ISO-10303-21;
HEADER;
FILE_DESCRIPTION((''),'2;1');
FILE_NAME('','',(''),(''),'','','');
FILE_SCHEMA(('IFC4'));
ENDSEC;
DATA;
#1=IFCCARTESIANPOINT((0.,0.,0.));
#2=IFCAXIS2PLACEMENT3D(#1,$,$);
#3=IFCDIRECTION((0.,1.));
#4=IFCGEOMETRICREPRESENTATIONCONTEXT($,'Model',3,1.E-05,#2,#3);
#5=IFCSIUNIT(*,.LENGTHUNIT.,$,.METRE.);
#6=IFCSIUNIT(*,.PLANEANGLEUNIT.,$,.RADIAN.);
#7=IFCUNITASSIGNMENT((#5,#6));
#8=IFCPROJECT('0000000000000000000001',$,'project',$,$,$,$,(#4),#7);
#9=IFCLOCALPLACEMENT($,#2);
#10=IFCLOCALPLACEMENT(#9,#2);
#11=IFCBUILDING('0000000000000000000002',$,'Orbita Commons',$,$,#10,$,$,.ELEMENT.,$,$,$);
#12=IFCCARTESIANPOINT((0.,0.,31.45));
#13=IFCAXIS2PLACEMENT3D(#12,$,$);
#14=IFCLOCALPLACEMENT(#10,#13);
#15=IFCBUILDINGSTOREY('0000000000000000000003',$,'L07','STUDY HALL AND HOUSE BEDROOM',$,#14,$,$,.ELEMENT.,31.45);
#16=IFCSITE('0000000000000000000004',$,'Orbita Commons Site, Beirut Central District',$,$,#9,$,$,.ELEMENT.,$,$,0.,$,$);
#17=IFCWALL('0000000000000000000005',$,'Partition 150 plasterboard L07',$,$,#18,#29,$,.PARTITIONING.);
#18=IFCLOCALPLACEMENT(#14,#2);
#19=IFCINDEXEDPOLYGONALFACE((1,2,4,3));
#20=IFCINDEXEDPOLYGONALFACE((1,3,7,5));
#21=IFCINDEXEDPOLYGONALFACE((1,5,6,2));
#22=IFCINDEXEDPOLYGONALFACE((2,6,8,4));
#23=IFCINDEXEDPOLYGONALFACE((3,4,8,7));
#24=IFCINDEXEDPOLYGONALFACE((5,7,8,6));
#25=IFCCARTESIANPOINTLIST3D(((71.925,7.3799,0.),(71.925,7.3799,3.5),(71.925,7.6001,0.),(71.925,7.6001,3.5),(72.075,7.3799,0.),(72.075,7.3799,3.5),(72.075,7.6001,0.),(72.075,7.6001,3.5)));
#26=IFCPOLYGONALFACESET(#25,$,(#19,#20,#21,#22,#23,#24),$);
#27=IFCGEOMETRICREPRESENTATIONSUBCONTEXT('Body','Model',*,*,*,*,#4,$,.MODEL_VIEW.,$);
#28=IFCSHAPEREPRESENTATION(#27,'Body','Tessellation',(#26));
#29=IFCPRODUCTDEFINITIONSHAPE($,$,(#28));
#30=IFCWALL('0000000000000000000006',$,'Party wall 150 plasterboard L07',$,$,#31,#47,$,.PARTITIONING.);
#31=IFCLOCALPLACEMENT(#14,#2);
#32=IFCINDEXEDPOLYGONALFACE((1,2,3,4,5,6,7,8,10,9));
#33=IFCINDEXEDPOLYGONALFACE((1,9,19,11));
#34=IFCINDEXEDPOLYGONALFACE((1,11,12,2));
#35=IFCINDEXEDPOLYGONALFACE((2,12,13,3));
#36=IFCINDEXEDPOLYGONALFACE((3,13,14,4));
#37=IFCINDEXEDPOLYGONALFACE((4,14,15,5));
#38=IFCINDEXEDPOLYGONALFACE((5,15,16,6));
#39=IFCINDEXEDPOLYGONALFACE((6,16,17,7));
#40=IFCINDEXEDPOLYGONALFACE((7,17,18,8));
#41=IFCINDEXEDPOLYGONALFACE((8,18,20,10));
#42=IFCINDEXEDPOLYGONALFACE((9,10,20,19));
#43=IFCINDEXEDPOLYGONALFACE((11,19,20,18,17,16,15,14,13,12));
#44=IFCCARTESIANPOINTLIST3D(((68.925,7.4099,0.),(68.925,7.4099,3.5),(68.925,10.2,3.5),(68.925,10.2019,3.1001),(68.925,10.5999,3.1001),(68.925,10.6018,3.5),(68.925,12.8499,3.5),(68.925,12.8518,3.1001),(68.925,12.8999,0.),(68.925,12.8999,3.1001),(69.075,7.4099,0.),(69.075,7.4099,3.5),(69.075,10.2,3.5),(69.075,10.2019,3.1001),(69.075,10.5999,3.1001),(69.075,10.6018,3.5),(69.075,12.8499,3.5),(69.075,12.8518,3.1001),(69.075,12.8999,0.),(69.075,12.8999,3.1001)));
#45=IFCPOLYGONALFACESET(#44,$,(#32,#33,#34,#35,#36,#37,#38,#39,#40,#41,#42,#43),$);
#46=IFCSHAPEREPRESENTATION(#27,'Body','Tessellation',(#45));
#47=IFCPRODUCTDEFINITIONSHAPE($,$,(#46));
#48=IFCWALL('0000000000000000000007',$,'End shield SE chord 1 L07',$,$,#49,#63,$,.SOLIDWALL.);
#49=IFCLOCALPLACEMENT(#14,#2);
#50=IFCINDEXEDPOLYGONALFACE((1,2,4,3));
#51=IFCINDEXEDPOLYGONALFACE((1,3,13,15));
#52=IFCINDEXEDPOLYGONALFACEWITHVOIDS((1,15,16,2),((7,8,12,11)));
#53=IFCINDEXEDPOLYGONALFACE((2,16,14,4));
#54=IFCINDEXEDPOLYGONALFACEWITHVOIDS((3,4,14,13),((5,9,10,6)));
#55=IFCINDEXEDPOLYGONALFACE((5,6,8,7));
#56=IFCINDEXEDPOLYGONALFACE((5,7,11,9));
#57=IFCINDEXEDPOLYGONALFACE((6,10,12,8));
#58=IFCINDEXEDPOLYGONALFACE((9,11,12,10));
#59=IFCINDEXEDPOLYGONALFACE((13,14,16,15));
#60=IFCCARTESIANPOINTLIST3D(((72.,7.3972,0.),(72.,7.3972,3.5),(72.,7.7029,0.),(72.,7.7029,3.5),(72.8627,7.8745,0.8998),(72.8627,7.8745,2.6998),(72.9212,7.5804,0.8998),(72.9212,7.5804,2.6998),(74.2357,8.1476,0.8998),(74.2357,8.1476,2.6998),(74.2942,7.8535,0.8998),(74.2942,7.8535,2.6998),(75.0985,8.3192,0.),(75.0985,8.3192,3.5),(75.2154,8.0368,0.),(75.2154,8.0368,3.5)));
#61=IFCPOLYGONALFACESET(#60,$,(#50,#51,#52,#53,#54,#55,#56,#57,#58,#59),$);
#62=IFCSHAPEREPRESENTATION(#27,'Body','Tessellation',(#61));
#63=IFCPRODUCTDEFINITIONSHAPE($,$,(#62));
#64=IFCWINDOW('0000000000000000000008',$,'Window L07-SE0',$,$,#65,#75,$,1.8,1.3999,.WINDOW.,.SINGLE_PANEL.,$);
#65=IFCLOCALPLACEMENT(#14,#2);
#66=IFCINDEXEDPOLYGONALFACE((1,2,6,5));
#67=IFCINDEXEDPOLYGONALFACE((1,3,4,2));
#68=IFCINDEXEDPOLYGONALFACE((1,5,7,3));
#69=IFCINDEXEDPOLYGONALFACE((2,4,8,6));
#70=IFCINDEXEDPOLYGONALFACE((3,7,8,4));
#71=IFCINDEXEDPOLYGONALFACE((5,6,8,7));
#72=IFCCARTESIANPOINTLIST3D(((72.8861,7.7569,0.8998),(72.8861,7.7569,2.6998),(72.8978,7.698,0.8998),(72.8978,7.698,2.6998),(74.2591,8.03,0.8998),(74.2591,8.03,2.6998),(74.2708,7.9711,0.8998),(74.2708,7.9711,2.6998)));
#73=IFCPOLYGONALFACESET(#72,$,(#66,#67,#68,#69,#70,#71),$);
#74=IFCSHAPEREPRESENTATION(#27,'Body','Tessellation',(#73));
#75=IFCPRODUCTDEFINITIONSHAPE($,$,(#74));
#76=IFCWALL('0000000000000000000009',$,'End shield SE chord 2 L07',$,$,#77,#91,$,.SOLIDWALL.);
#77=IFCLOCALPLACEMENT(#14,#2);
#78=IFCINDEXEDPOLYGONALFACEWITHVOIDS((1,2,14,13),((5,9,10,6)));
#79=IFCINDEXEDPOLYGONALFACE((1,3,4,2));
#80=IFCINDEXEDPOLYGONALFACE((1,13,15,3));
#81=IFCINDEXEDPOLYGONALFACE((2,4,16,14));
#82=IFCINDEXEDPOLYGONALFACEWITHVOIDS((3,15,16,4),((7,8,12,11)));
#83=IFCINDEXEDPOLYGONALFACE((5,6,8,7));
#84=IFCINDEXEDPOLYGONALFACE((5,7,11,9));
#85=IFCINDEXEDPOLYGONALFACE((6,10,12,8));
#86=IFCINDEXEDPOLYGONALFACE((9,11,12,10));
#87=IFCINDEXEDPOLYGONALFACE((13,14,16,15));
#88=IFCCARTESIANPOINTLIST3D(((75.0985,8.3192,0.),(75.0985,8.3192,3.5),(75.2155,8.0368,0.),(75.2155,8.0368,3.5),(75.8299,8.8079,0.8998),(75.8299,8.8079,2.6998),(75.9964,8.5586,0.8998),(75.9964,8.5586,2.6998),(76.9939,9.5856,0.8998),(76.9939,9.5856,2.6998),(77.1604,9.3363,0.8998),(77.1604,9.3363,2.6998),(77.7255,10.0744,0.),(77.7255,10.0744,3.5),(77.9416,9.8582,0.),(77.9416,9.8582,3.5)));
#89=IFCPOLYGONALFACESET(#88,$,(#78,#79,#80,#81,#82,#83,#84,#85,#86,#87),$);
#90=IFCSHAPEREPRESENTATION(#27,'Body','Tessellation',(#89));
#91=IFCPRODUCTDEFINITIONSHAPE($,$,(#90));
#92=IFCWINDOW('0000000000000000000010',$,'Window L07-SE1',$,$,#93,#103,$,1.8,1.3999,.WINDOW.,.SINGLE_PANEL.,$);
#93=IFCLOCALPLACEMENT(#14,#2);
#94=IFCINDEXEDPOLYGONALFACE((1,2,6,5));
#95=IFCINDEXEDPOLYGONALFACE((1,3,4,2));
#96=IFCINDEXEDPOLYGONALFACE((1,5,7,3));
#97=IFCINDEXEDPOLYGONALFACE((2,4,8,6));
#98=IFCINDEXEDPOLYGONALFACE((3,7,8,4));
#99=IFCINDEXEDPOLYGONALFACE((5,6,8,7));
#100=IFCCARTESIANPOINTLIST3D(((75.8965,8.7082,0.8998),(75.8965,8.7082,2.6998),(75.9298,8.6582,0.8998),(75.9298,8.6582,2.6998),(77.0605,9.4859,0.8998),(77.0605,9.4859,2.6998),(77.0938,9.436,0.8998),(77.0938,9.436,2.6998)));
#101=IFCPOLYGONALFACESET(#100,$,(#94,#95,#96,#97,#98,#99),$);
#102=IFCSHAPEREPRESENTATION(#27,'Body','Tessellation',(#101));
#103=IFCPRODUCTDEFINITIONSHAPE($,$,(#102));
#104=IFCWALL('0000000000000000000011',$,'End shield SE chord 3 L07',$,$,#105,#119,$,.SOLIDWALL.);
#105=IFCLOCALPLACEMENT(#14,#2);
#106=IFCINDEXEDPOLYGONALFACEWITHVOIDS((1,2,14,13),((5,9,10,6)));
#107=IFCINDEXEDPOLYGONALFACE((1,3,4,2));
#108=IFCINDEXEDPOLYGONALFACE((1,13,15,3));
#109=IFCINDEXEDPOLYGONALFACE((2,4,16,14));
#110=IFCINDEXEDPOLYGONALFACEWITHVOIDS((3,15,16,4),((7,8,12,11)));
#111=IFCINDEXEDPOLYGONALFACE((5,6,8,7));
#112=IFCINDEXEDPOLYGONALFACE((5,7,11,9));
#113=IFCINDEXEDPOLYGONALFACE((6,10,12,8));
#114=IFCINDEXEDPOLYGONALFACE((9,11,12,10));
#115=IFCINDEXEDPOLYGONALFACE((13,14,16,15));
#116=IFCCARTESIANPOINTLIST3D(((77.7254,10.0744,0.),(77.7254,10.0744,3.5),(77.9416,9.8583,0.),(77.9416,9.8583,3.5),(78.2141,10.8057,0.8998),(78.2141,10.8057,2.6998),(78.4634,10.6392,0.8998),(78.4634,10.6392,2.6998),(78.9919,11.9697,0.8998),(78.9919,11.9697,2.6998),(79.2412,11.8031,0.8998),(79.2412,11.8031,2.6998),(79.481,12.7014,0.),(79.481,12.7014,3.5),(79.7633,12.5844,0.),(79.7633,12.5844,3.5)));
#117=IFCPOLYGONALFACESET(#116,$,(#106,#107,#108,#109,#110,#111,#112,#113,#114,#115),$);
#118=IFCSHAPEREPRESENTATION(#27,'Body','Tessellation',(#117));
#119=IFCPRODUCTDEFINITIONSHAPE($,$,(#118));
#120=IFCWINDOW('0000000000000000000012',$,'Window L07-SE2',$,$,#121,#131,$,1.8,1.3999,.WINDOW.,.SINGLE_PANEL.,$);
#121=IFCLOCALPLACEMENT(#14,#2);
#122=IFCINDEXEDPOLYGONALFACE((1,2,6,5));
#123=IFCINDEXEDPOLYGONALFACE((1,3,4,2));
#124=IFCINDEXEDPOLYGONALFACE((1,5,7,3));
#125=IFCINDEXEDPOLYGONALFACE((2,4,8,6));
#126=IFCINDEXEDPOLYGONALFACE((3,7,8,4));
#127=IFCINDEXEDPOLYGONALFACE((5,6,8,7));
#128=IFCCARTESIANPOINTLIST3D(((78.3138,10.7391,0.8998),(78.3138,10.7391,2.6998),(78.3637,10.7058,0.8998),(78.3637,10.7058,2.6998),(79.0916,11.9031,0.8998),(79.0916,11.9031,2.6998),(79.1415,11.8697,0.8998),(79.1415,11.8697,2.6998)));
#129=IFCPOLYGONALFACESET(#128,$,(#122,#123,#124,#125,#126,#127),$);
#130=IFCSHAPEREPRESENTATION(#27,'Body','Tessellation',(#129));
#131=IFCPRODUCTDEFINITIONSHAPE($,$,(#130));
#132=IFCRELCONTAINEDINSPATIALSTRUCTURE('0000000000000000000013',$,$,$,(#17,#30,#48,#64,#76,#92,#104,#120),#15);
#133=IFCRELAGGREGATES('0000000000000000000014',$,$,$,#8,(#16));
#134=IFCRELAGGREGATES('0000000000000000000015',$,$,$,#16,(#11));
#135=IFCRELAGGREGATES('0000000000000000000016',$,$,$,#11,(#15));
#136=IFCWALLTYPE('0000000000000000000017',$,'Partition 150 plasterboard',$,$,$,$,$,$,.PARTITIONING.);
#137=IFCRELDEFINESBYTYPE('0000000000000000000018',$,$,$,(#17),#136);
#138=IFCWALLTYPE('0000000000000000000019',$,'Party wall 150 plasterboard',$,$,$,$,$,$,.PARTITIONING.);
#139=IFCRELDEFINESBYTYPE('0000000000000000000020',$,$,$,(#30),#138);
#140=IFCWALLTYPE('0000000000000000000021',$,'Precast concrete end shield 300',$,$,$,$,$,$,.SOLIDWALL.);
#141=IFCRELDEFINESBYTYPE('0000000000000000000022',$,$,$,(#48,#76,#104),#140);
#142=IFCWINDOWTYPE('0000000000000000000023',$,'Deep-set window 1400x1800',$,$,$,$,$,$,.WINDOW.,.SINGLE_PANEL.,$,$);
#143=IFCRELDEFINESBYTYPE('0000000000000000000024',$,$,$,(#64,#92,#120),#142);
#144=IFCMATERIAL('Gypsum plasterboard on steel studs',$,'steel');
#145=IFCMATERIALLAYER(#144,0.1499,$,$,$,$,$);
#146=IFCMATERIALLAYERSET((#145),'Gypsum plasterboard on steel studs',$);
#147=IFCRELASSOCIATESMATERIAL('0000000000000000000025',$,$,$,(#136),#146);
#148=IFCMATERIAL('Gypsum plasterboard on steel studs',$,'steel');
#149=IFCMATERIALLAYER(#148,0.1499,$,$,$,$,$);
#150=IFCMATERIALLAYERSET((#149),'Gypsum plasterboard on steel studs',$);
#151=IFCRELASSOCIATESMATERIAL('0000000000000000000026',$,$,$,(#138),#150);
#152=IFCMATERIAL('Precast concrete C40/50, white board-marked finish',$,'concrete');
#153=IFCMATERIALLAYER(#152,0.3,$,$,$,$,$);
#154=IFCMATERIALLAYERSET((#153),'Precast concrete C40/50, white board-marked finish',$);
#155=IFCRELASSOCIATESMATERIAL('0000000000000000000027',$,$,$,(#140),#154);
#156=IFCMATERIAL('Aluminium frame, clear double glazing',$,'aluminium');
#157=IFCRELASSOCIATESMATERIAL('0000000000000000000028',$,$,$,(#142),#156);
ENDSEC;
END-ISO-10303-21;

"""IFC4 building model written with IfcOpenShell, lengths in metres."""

from ifc_helpers import new_model, si_unit, direction, frame, frame_2d, origin, place, context, subcontext, project, spatial, polyline, rectangle, outline, extrude, material, layer, layer_set, type_object, element, fill, save


model = new_model("IFC4")

# Units and contexts
model_context = context("Model", 3, precision=1e-05, world=origin(), true_north=direction((0.0, 1.0)))
body_context = subcontext(model_context, "Body", "Model", "MODEL_VIEW")
ifc_project = project(units=[si_unit("LENGTHUNIT", "METRE"), si_unit("PLANEANGLEUNIT", "RADIAN")], contexts=[model_context])

# Site, building, storey
site_placement = place(None, origin())
site = spatial("IfcSite", under=ifc_project, at=site_placement, Name="Orbita Commons Site, Beirut Central District", CompositionType="ELEMENT", RefElevation=0.0)
building_placement = place(site_placement, origin())
building = spatial("IfcBuilding", under=site, at=building_placement, Name="Orbita Commons", CompositionType="ELEMENT")
storey_placement = place(building_placement, frame((0.0, 0.0, 31.45)))
storey = spatial("IfcBuildingStorey", under=building, at=storey_placement, Name="L07", Description="STUDY HALL AND HOUSE BEDROOM", CompositionType="ELEMENT", Elevation=31.45)

# Walls
ifc_material_1 = material(Name="Gypsum plasterboard on steel studs", Category="steel")
ifc_layer_1 = layer(ifc_material_1, 0.1499)
ifc_layer_set_1 = layer_set([ifc_layer_1], Name="Gypsum plasterboard on steel studs")
wall_type_1 = type_object("IfcWallType", Name="Partition 150 plasterboard", PredefinedType="PARTITIONING", material=ifc_layer_set_1)
wall_1_placement = place(storey_placement, frame((72.0, 7.6001, 0.0), z_axis=(0.0, 0.0, 1.0), x_axis=(0.0, -1.0, 0.0)))
element("IfcWall", 1, at=wall_1_placement, inside=storey, type_object=wall_type_1, Name="Partition 150 plasterboard L07", PredefinedType="PARTITIONING", context=body_context, shape_type="SweptSolid", body=[
    extrude(rectangle(XDim=0.2202, YDim=0.1499, at=frame_2d((0.1101, 0.0))), origin(), (0.0, 0.0, 1.0), 3.5),
])
ifc_material_2 = material(Name="Gypsum plasterboard on steel studs", Category="steel")
ifc_layer_2 = layer(ifc_material_2, 0.1499)
ifc_layer_set_2 = layer_set([ifc_layer_2], Name="Gypsum plasterboard on steel studs")
wall_type_2 = type_object("IfcWallType", Name="Party wall 150 plasterboard", PredefinedType="PARTITIONING", material=ifc_layer_set_2)
wall_2_placement = place(storey_placement, frame((69.0, 7.4099, 0.0), z_axis=(0.0, 0.0, 1.0), x_axis=(0.0, 1.0, 0.0)))
element("IfcWall", 2, at=wall_2_placement, inside=storey, type_object=wall_type_2, Name="Party wall 150 plasterboard L07", PredefinedType="PARTITIONING", context=body_context, shape_type="SweptSolid", body=[
    extrude(outline(polyline([(0.0, 0.0), (5.49, 0.0), (5.49, 3.1001), (5.4419, 3.1001), (5.4399, 3.5), (3.1919, 3.5), (3.1899, 3.1001), (2.792, 3.1001), (2.79, 3.5), (0.0, 3.5), (0.0, 0.0)])), frame((0.0, 0.075, 0.0), z_axis=(0.0, -1.0, 0.0), x_axis=(1.0, 0.0, 0.0)), (0.0, 0.0, 1.0), 0.1499),
])

# Walls, openings, windows
ifc_material_3 = material(Name="Precast concrete C40/50, white board-marked finish", Category="concrete")
ifc_layer_3 = layer(ifc_material_3, 0.3)
ifc_layer_set_3 = layer_set([ifc_layer_3], Name="Precast concrete C40/50, white board-marked finish")
wall_type_3 = type_object("IfcWallType", Name="Precast concrete end shield 300", PredefinedType="SOLIDWALL", material=ifc_layer_set_3)
wall_3_placement = place(storey_placement, frame((72.0, 7.55, 0.0), z_axis=(0.0, 0.0, 1.0), x_axis=(0.980787, 0.19508, 0.0)))
wall_3 = element("IfcWall", 3, at=wall_3_placement, inside=storey, type_object=wall_type_3, Name="End shield SE chord 1 L07", PredefinedType="SOLIDWALL", context=body_context, shape_type="SweptSolid", body=[
    extrude(outline(polyline([(-0.0298, -0.1499), (3.2485, -0.1499), (3.189, 0.1499), (0.0298, 0.1499), (-0.0298, -0.1499)])), origin(), (0.0, 0.0, 1.0), 3.5),
])
opening_1_placement = place(wall_3_placement, frame((0.9094, 0.0, 0.8999)))
opening_1 = element("IfcOpeningElement", 4, at=opening_1_placement, cuts=wall_3, PredefinedType="OPENING", context=body_context, shape_type="SweptSolid", body=[
    extrude(rectangle(XDim=1.3999, YDim=1.8, at=frame_2d((0.7, 0.8999))), frame((0.0, 0.1599, 0.0), z_axis=(0.0, -1.0, 0.0), x_axis=(1.0, 0.0, 0.0)), (0.0, 0.0, 1.0), 0.3201),
])
ifc_material_4 = material(Name="Aluminium frame, clear double glazing", Category="aluminium")
window_type = type_object("IfcWindowType", Name="Deep-set window 1400x1800", PartitioningType="SINGLE_PANEL", PredefinedType="WINDOW", material=ifc_material_4)
window_1_placement = place(opening_1_placement, origin())
window_1 = element("IfcWindow", 5, at=window_1_placement, inside=storey, type_object=window_type, Name="Window L07-SE0", OverallHeight=1.8, OverallWidth=1.3999, PartitioningType="SINGLE_PANEL", PredefinedType="WINDOW", context=body_context, shape_type="SweptSolid", body=[
    extrude(rectangle(XDim=1.3999, YDim=1.8, at=frame_2d((0.7, 0.8999))), frame((0.0, 0.03, 0.0), z_axis=(0.0, -1.0, 0.0), x_axis=(1.0, 0.0, 0.0)), (0.0, 0.0, 1.0), 0.0601),
])
fill(opening_1, window_1)
wall_4_placement = place(storey_placement, frame((75.157, 8.178, 0.0), z_axis=(0.0, 0.0, 1.0), x_axis=(0.831478, 0.555558, 0.0)))
wall_4 = element("IfcWall", 6, at=wall_4_placement, inside=storey, type_object=wall_type_3, Name="End shield SE chord 2 L07", PredefinedType="SOLIDWALL", context=body_context, shape_type="SweptSolid", body=[
    extrude(outline(polyline([(-0.0298, -0.1499), (3.2488, -0.1499), (3.1892, 0.1499), (0.0298, 0.1499), (-0.0298, -0.1499)])), origin(), (0.0, 0.0, 1.0), 3.5),
])
opening_2_placement = place(wall_4_placement, frame((0.9094, 0.0, 0.8999)))
opening_2 = element("IfcOpeningElement", 7, at=opening_2_placement, cuts=wall_4, PredefinedType="OPENING", context=body_context, shape_type="SweptSolid", body=[
    extrude(rectangle(XDim=1.3999, YDim=1.8, at=frame_2d((0.7, 0.8999))), frame((0.0, 0.1599, 0.0), z_axis=(0.0, -1.0, 0.0), x_axis=(1.0, 0.0, 0.0)), (0.0, 0.0, 1.0), 0.3201),
])
window_2_placement = place(opening_2_placement, origin())
window_2 = element("IfcWindow", 8, at=window_2_placement, inside=storey, type_object=window_type, Name="Window L07-SE1", OverallHeight=1.8, OverallWidth=1.3999, PartitioningType="SINGLE_PANEL", PredefinedType="WINDOW", context=body_context, shape_type="SweptSolid", body=[
    extrude(rectangle(XDim=1.3999, YDim=1.8, at=frame_2d((0.7, 0.8999))), frame((0.0, 0.03, 0.0), z_axis=(0.0, -1.0, 0.0), x_axis=(1.0, 0.0, 0.0)), (0.0, 0.0, 1.0), 0.0601),
])
fill(opening_2, window_2)
wall_5_placement = place(storey_placement, frame((77.8335, 9.9663, 0.0), z_axis=(0.0, 0.0, 1.0), x_axis=(0.55561, 0.831443, 0.0)))
wall_5 = element("IfcWall", 9, at=wall_5_placement, inside=storey, type_object=wall_type_3, Name="End shield SE chord 3 L07", PredefinedType="SOLIDWALL", context=body_context, shape_type="SweptSolid", body=[
    extrude(outline(polyline([(-0.0298, -0.1499), (3.249, -0.1499), (3.1895, 0.1499), (0.0298, 0.1499), (-0.0298, -0.1499)])), origin(), (0.0, 0.0, 1.0), 3.5),
])
opening_3_placement = place(wall_5_placement, frame((0.9094, 0.0, 0.8999)))
opening_3 = element("IfcOpeningElement", 10, at=opening_3_placement, cuts=wall_5, PredefinedType="OPENING", context=body_context, shape_type="SweptSolid", body=[
    extrude(rectangle(XDim=1.3999, YDim=1.8, at=frame_2d((0.7, 0.8999))), frame((0.0, 0.1599, 0.0), z_axis=(0.0, -1.0, 0.0), x_axis=(1.0, 0.0, 0.0)), (0.0, 0.0, 1.0), 0.3201),
])
window_3_placement = place(opening_3_placement, origin())
window_3 = element("IfcWindow", 11, at=window_3_placement, inside=storey, type_object=window_type, Name="Window L07-SE2", OverallHeight=1.8, OverallWidth=1.3999, PartitioningType="SINGLE_PANEL", PredefinedType="WINDOW", context=body_context, shape_type="SweptSolid", body=[
    extrude(rectangle(XDim=1.3999, YDim=1.8, at=frame_2d((0.7, 0.8999))), frame((0.0, 0.03, 0.0), z_axis=(0.0, -1.0, 0.0), x_axis=(1.0, 0.0, 0.0)), (0.0, 0.0, 1.0), 0.0601),
])
fill(opening_3, window_3)

save(model, "model.ifc")
